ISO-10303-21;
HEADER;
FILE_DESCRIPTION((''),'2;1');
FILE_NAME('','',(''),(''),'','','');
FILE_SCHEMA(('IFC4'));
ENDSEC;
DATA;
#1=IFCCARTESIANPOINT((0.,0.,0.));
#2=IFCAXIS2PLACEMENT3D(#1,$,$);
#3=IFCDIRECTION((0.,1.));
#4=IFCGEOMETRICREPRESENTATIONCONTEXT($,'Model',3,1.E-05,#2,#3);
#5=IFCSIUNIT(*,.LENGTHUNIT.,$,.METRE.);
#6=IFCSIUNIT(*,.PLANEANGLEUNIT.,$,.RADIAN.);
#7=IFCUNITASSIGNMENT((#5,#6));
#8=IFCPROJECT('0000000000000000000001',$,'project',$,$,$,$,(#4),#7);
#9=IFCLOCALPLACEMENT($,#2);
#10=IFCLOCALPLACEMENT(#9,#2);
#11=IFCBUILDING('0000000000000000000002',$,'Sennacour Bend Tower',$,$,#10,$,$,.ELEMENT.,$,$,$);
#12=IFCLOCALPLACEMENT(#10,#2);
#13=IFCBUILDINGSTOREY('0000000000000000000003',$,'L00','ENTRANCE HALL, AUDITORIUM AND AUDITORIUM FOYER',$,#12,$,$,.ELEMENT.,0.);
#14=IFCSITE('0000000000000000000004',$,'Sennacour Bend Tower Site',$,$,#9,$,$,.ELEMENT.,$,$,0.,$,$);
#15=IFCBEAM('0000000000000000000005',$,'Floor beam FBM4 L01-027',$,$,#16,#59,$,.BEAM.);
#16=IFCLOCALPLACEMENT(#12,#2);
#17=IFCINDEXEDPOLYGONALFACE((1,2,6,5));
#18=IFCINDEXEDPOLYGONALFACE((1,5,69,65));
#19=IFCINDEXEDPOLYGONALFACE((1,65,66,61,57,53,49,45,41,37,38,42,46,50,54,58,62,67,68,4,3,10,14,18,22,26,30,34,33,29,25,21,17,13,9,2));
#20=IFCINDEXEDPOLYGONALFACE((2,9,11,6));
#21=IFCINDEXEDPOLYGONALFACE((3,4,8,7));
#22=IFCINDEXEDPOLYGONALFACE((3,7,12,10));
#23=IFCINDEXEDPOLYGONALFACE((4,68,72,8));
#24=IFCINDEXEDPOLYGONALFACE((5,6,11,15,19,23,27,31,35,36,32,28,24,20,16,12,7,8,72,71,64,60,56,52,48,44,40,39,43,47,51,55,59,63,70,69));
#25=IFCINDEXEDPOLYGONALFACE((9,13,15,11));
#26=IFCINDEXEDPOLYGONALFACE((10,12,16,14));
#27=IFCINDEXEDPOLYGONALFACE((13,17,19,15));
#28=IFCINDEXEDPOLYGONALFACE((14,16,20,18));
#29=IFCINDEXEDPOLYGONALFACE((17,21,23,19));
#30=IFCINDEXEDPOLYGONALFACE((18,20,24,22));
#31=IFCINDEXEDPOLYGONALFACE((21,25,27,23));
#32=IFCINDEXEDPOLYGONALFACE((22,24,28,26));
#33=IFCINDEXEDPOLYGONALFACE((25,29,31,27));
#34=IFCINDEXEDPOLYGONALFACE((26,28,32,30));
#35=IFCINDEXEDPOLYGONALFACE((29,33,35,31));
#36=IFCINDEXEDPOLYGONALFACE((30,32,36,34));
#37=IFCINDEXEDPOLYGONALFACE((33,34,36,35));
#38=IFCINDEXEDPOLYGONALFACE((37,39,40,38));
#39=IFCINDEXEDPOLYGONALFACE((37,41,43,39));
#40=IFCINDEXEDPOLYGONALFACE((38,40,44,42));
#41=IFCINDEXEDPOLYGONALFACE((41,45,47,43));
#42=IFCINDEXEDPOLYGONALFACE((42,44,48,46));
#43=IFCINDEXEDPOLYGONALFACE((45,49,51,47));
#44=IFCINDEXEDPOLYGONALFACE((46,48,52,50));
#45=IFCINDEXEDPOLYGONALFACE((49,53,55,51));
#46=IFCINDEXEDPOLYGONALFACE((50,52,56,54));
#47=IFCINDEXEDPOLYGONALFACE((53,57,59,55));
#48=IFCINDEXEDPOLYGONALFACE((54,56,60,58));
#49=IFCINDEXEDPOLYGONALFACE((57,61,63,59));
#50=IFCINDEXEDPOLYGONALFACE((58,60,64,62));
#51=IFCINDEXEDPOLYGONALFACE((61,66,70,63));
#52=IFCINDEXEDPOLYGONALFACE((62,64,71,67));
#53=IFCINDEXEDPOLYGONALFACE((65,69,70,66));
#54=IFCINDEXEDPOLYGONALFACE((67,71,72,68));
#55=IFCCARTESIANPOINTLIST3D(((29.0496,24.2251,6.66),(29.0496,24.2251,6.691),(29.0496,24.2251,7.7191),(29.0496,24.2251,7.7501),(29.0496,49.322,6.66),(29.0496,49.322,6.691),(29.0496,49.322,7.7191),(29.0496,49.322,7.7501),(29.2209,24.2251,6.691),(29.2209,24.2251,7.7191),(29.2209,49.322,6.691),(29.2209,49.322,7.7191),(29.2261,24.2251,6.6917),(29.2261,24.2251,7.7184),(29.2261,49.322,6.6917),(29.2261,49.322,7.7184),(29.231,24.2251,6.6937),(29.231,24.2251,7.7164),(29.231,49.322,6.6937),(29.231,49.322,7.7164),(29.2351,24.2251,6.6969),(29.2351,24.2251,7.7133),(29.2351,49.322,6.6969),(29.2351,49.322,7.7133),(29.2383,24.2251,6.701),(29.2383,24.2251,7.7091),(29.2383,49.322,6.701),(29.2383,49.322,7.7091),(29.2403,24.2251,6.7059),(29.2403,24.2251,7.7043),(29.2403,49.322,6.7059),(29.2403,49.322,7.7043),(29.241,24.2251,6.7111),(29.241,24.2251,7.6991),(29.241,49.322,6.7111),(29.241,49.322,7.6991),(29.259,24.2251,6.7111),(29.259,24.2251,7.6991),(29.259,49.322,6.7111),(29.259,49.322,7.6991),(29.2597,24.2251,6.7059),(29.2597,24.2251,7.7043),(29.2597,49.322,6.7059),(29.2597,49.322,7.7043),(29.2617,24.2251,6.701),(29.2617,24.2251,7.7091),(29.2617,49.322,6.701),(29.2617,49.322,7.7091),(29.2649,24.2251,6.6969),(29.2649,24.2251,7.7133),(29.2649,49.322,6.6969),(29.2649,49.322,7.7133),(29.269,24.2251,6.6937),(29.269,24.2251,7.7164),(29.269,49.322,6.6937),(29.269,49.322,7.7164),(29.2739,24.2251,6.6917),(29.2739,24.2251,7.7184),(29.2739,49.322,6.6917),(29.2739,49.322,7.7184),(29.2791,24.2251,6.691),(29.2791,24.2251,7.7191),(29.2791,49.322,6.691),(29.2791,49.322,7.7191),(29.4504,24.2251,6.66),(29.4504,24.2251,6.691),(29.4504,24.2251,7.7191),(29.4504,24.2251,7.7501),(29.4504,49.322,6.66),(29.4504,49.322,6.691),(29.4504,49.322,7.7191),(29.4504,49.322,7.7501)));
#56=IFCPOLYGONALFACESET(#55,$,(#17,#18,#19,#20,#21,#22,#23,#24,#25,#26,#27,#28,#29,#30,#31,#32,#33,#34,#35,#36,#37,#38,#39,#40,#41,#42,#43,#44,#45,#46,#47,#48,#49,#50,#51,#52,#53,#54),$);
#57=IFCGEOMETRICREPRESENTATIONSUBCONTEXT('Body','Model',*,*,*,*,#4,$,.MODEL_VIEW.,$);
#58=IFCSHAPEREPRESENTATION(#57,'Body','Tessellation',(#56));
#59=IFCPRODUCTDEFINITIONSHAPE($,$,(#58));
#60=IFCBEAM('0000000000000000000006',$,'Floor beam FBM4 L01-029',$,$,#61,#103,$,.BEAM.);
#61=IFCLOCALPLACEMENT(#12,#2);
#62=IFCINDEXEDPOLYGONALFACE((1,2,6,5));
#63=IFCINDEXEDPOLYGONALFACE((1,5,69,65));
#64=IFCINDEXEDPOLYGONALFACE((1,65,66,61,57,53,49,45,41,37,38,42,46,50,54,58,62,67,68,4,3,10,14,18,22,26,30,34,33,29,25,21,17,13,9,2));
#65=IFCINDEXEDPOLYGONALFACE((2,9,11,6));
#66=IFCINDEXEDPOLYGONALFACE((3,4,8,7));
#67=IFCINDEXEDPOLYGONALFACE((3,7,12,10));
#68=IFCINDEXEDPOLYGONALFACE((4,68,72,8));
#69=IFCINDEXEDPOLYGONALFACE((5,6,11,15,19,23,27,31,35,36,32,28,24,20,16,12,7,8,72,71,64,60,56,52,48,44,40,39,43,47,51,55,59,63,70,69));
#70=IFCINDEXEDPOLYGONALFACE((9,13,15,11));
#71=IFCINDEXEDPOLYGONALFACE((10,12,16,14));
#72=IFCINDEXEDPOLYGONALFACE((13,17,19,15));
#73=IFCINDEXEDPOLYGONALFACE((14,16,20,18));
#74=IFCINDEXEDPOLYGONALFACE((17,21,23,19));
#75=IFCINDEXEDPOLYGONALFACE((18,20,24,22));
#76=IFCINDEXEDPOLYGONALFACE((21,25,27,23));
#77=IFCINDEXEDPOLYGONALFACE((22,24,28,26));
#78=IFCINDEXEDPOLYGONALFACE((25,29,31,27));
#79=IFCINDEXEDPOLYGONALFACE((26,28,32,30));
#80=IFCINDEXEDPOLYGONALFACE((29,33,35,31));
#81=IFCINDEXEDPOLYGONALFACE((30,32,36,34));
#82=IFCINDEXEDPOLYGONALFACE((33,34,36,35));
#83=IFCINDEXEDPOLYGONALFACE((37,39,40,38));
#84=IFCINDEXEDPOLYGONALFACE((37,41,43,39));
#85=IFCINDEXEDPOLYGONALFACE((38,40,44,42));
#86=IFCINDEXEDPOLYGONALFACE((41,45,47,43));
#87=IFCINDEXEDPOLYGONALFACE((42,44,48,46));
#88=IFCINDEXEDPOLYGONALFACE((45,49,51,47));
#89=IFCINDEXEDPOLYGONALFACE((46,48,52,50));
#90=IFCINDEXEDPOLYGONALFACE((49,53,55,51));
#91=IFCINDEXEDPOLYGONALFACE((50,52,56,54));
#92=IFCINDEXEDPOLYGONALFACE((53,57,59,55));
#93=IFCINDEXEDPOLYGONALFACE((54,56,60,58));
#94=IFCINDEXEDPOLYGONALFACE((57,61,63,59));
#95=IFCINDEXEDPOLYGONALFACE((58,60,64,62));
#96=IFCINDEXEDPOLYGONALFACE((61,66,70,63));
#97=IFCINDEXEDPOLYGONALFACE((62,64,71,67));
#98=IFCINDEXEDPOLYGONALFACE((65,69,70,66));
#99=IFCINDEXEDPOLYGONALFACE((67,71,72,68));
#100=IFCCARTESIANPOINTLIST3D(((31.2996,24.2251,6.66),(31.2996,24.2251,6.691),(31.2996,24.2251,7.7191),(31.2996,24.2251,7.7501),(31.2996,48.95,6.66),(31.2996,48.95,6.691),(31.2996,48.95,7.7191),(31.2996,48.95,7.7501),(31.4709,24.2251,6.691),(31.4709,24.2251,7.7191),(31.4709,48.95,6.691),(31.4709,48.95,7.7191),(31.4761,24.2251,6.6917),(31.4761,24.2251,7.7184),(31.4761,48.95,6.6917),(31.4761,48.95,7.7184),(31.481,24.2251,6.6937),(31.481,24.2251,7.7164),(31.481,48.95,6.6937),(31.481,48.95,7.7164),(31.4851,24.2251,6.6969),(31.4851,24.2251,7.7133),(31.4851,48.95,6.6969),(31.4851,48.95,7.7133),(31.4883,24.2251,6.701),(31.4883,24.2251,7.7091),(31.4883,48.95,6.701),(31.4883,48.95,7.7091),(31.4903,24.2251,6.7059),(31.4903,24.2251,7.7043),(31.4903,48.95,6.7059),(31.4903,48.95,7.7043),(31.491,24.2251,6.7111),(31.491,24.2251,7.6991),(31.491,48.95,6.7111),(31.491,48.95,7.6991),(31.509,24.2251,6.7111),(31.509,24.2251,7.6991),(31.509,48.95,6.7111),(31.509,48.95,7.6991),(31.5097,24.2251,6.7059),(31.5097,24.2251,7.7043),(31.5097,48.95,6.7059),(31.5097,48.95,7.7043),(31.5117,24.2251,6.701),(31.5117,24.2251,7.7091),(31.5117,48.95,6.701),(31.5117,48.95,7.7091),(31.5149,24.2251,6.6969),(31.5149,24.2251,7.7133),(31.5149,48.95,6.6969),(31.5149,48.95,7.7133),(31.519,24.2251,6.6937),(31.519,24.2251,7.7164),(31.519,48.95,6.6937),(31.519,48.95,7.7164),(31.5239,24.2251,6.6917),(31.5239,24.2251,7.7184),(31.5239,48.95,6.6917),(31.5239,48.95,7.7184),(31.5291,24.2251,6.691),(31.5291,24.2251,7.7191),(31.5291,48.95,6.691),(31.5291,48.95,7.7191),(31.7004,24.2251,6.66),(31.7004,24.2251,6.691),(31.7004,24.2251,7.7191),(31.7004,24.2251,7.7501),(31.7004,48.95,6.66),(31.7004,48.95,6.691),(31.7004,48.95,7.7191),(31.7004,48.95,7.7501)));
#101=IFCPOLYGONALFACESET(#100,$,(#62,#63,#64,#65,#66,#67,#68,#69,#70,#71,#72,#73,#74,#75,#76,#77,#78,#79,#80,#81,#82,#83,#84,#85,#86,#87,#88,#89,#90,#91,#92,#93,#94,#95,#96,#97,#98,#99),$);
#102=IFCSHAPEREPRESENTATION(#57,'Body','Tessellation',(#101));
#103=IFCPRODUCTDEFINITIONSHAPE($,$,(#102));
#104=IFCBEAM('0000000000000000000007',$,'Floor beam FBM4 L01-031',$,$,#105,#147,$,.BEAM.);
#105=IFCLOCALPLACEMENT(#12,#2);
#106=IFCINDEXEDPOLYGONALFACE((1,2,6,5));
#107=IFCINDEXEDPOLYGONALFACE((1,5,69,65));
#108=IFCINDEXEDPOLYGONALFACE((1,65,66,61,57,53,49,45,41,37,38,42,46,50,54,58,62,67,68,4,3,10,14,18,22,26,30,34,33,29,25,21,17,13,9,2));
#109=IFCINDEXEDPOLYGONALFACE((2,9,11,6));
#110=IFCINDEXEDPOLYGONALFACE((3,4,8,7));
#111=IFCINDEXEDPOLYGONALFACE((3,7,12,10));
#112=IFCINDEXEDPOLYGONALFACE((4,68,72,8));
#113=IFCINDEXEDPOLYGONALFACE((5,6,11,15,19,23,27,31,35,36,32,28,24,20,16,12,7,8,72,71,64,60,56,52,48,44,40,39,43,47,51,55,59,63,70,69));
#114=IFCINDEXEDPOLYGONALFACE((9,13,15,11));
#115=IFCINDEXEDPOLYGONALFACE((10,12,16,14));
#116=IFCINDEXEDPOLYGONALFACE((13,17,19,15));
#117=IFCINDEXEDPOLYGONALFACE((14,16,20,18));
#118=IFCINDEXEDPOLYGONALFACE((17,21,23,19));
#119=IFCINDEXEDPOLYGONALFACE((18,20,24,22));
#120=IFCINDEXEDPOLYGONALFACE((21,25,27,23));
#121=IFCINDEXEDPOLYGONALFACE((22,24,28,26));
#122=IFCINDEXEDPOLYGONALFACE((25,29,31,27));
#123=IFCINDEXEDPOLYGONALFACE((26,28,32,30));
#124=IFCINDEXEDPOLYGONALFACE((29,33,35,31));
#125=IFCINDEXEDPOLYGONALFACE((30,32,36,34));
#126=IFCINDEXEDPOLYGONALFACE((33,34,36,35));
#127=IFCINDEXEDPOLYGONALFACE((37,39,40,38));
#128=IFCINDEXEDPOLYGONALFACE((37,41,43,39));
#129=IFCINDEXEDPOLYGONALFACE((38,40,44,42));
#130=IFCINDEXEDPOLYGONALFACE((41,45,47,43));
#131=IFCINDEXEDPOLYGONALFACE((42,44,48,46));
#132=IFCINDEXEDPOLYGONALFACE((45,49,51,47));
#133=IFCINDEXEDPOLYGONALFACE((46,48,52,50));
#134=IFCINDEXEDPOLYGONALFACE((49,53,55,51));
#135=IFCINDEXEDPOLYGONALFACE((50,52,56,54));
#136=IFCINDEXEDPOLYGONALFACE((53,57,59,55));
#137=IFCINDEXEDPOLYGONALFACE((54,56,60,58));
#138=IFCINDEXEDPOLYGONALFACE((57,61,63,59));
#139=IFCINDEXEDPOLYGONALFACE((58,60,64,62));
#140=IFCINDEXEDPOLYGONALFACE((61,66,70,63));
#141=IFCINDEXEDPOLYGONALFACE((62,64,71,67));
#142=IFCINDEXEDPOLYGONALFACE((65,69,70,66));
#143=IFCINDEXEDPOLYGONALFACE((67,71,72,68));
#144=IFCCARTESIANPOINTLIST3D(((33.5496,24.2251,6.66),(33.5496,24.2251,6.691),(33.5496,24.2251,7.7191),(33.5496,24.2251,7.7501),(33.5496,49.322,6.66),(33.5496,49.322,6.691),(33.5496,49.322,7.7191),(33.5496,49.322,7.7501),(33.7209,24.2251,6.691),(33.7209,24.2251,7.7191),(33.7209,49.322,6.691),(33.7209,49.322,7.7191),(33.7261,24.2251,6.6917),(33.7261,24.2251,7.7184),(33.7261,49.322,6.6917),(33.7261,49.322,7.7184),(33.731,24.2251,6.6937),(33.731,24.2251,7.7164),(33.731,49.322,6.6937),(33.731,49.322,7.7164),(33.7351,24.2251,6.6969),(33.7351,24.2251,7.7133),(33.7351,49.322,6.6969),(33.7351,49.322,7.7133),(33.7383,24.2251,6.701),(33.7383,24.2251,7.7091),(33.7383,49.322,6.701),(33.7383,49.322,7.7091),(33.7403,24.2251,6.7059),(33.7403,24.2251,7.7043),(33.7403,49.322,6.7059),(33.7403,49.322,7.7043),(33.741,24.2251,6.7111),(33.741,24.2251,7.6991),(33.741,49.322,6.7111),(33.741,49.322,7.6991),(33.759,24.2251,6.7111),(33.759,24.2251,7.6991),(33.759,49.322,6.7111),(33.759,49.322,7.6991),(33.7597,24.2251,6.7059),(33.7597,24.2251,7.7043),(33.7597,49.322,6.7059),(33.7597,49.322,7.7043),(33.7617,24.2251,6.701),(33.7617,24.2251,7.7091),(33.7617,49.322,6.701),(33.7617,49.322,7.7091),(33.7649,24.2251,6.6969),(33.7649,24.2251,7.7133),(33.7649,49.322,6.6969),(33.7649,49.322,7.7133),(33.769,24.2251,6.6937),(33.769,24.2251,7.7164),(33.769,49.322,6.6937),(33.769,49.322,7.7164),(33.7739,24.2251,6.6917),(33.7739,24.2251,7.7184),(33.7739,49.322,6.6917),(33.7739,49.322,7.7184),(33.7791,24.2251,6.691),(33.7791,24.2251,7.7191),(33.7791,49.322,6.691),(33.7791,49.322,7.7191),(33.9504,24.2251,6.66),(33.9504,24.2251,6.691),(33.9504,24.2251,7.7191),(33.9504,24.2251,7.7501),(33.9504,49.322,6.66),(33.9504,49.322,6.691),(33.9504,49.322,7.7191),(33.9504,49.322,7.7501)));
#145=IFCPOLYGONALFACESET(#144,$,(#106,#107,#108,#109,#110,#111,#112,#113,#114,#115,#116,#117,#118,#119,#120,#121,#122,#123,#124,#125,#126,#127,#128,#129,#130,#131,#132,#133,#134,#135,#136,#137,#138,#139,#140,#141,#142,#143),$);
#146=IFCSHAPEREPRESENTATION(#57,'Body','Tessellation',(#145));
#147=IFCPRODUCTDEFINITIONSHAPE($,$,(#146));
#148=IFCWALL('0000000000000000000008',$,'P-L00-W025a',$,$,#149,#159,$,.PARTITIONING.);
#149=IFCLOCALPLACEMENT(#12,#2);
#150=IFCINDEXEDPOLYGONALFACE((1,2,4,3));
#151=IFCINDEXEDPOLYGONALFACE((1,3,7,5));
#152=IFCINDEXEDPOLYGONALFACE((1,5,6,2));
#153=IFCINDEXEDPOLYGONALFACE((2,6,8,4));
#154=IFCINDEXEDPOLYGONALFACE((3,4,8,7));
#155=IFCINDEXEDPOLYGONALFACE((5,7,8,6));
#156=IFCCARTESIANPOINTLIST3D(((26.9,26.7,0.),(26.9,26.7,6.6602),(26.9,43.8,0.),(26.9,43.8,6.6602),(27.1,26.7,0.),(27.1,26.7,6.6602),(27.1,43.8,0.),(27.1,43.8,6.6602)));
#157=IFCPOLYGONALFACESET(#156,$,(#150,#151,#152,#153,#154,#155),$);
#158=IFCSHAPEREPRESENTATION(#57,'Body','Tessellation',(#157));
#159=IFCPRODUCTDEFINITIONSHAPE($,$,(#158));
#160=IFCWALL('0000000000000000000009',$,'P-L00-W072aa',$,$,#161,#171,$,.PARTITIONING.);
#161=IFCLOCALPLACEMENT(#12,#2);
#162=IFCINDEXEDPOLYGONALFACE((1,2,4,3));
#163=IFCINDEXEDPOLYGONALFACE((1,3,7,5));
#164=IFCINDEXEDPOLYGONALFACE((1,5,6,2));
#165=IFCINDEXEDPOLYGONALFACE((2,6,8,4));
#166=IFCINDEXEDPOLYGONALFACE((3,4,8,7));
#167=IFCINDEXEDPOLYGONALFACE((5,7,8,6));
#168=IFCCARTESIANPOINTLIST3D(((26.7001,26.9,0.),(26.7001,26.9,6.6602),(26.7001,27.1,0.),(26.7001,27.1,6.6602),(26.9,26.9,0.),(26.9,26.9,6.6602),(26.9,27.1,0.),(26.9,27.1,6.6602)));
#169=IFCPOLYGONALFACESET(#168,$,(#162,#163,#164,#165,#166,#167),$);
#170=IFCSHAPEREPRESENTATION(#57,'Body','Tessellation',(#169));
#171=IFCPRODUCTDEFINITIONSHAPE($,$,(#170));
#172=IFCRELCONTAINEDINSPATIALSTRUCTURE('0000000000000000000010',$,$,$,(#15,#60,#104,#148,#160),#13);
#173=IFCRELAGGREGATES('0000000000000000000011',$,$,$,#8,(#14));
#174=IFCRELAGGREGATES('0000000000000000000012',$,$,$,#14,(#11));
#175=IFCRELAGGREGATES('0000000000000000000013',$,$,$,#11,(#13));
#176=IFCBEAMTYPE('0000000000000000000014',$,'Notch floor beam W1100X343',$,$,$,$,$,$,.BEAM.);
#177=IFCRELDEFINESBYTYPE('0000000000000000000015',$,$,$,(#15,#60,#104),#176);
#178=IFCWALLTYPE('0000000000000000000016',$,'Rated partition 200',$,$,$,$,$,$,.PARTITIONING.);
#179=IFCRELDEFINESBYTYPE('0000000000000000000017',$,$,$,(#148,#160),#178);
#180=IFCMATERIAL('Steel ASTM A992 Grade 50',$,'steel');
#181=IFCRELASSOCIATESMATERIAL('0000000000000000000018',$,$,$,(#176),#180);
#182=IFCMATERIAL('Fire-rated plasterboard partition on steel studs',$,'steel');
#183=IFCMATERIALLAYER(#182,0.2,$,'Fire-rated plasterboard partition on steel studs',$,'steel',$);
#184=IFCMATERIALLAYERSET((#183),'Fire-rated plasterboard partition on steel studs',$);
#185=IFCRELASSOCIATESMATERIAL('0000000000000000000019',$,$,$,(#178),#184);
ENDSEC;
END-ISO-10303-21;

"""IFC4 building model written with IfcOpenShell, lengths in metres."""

from ifc_helpers import new_model, si_unit, direction, frame, frame_2d, origin, origin_2d, place, context, subcontext, project, spatial, rectangle, i_section, extrude, material, layer, layer_set, material_profile, profile_set, type_object, element, save


model = new_model("IFC4")

# Units and contexts
model_context = context("Model", 3, precision=1e-05, world=origin(), true_north=direction((0.0, 1.0)))
body_context = subcontext(model_context, "Body", "Model", "MODEL_VIEW")
ifc_project = project(units=[si_unit("LENGTHUNIT", "METRE"), si_unit("PLANEANGLEUNIT", "RADIAN")], contexts=[model_context])

# Site, building, storey
site_placement = place(None, origin())
site = spatial("IfcSite", under=ifc_project, at=site_placement, Name="Sennacour Bend Tower Site", CompositionType="ELEMENT", RefElevation=0.0)
building_placement = place(site_placement, origin())
building = spatial("IfcBuilding", under=site, at=building_placement, Name="Sennacour Bend Tower", CompositionType="ELEMENT")
storey_placement = place(building_placement, origin())
storey = spatial("IfcBuildingStorey", under=building, at=storey_placement, Name="L00", Description="ENTRANCE HALL, AUDITORIUM AND AUDITORIUM FOYER", CompositionType="ELEMENT", Elevation=0.0)

# Beams
ifc_material_1 = material(Name="Steel ASTM A992 Grade 50", Category="steel")
ifc_material_profile_1 = material_profile(ifc_material_1, i_section(OverallWidth=0.4009, OverallDepth=1.0901, WebThickness=0.0181, FlangeThickness=0.031, FilletRadius=0.02, at=origin_2d()), Name="Steel ASTM A992 Grade 50", Category="steel")
ifc_profile_set_1 = profile_set([ifc_material_profile_1], Name="Steel ASTM A992 Grade 50")
beam_type_1 = type_object("IfcBeamType", Name="Notch floor beam W1100X343", PredefinedType="BEAM", material=ifc_profile_set_1)
beam_1_placement = place(storey_placement, frame((29.25, 24.2251, 7.2051), z_axis=(0.0, 1.0, 0.0), x_axis=(-1.0, 0.0, 0.0)))
element("IfcBeam", 1, at=beam_1_placement, inside=storey, type_object=beam_type_1, Name="Floor beam FBM4 L01-027", PredefinedType="BEAM", context=body_context, shape_type="SweptSolid", body=[
    extrude(i_section(OverallWidth=0.4009, OverallDepth=1.0901, WebThickness=0.0181, FlangeThickness=0.031, FilletRadius=0.02, at=origin_2d()), origin(), (0.0, 0.0, 1.0), 25.0969),
])
beam_2_placement = place(storey_placement, frame((31.5, 24.2251, 7.2051), z_axis=(0.0, 1.0, 0.0), x_axis=(-1.0, 0.0, 0.0)))
element("IfcBeam", 2, at=beam_2_placement, inside=storey, type_object=beam_type_1, Name="Floor beam FBM4 L01-029", PredefinedType="BEAM", context=body_context, shape_type="SweptSolid", body=[
    extrude(i_section(OverallWidth=0.4009, OverallDepth=1.0901, WebThickness=0.0181, FlangeThickness=0.031, FilletRadius=0.02, at=origin_2d()), origin(), (0.0, 0.0, 1.0), 24.7249),
])
beam_3_placement = place(storey_placement, frame((33.75, 24.2251, 7.2051), z_axis=(0.0, 1.0, 0.0), x_axis=(-1.0, 0.0, 0.0)))
element("IfcBeam", 3, at=beam_3_placement, inside=storey, type_object=beam_type_1, Name="Floor beam FBM4 L01-031", PredefinedType="BEAM", context=body_context, shape_type="SweptSolid", body=[
    extrude(i_section(OverallWidth=0.4009, OverallDepth=1.0901, WebThickness=0.0181, FlangeThickness=0.031, FilletRadius=0.02, at=origin_2d()), origin(), (0.0, 0.0, 1.0), 25.0969),
])

# Walls
ifc_material_2 = material(Name="Fire-rated plasterboard partition on steel studs", Category="steel")
ifc_layer = layer(ifc_material_2, 0.2, Name="Fire-rated plasterboard partition on steel studs", Category="steel")
ifc_layer_set = layer_set([ifc_layer], Name="Fire-rated plasterboard partition on steel studs")
wall_type = type_object("IfcWallType", Name="Rated partition 200", PredefinedType="PARTITIONING", material=ifc_layer_set)
wall_1_placement = place(storey_placement, frame((27.0, 26.7, 0.0), z_axis=(0.0, 0.0, 1.0), x_axis=(0.0, 1.0, 0.0)))
element("IfcWall", 4, at=wall_1_placement, inside=storey, type_object=wall_type, Name="P-L00-W025a", PredefinedType="PARTITIONING", context=body_context, shape_type="SweptSolid", body=[
    extrude(rectangle(XDim=17.1001, YDim=0.2, at=frame_2d((8.55, 0.0))), origin(), (0.0, 0.0, 1.0), 6.6602),
])
wall_2_placement = place(storey_placement, frame((26.7, 27.0, 0.0), z_axis=(0.0, 0.0, 1.0), x_axis=(1.0, 0.0, 0.0)))
element("IfcWall", 5, at=wall_2_placement, inside=storey, type_object=wall_type, Name="P-L00-W072aa", PredefinedType="PARTITIONING", context=body_context, shape_type="SweptSolid", body=[
    extrude(rectangle(XDim=0.2, YDim=0.2, at=frame_2d((0.1001, 0.0))), origin(), (0.0, 0.0, 1.0), 6.6602),
])

save(model, "model.ifc")
